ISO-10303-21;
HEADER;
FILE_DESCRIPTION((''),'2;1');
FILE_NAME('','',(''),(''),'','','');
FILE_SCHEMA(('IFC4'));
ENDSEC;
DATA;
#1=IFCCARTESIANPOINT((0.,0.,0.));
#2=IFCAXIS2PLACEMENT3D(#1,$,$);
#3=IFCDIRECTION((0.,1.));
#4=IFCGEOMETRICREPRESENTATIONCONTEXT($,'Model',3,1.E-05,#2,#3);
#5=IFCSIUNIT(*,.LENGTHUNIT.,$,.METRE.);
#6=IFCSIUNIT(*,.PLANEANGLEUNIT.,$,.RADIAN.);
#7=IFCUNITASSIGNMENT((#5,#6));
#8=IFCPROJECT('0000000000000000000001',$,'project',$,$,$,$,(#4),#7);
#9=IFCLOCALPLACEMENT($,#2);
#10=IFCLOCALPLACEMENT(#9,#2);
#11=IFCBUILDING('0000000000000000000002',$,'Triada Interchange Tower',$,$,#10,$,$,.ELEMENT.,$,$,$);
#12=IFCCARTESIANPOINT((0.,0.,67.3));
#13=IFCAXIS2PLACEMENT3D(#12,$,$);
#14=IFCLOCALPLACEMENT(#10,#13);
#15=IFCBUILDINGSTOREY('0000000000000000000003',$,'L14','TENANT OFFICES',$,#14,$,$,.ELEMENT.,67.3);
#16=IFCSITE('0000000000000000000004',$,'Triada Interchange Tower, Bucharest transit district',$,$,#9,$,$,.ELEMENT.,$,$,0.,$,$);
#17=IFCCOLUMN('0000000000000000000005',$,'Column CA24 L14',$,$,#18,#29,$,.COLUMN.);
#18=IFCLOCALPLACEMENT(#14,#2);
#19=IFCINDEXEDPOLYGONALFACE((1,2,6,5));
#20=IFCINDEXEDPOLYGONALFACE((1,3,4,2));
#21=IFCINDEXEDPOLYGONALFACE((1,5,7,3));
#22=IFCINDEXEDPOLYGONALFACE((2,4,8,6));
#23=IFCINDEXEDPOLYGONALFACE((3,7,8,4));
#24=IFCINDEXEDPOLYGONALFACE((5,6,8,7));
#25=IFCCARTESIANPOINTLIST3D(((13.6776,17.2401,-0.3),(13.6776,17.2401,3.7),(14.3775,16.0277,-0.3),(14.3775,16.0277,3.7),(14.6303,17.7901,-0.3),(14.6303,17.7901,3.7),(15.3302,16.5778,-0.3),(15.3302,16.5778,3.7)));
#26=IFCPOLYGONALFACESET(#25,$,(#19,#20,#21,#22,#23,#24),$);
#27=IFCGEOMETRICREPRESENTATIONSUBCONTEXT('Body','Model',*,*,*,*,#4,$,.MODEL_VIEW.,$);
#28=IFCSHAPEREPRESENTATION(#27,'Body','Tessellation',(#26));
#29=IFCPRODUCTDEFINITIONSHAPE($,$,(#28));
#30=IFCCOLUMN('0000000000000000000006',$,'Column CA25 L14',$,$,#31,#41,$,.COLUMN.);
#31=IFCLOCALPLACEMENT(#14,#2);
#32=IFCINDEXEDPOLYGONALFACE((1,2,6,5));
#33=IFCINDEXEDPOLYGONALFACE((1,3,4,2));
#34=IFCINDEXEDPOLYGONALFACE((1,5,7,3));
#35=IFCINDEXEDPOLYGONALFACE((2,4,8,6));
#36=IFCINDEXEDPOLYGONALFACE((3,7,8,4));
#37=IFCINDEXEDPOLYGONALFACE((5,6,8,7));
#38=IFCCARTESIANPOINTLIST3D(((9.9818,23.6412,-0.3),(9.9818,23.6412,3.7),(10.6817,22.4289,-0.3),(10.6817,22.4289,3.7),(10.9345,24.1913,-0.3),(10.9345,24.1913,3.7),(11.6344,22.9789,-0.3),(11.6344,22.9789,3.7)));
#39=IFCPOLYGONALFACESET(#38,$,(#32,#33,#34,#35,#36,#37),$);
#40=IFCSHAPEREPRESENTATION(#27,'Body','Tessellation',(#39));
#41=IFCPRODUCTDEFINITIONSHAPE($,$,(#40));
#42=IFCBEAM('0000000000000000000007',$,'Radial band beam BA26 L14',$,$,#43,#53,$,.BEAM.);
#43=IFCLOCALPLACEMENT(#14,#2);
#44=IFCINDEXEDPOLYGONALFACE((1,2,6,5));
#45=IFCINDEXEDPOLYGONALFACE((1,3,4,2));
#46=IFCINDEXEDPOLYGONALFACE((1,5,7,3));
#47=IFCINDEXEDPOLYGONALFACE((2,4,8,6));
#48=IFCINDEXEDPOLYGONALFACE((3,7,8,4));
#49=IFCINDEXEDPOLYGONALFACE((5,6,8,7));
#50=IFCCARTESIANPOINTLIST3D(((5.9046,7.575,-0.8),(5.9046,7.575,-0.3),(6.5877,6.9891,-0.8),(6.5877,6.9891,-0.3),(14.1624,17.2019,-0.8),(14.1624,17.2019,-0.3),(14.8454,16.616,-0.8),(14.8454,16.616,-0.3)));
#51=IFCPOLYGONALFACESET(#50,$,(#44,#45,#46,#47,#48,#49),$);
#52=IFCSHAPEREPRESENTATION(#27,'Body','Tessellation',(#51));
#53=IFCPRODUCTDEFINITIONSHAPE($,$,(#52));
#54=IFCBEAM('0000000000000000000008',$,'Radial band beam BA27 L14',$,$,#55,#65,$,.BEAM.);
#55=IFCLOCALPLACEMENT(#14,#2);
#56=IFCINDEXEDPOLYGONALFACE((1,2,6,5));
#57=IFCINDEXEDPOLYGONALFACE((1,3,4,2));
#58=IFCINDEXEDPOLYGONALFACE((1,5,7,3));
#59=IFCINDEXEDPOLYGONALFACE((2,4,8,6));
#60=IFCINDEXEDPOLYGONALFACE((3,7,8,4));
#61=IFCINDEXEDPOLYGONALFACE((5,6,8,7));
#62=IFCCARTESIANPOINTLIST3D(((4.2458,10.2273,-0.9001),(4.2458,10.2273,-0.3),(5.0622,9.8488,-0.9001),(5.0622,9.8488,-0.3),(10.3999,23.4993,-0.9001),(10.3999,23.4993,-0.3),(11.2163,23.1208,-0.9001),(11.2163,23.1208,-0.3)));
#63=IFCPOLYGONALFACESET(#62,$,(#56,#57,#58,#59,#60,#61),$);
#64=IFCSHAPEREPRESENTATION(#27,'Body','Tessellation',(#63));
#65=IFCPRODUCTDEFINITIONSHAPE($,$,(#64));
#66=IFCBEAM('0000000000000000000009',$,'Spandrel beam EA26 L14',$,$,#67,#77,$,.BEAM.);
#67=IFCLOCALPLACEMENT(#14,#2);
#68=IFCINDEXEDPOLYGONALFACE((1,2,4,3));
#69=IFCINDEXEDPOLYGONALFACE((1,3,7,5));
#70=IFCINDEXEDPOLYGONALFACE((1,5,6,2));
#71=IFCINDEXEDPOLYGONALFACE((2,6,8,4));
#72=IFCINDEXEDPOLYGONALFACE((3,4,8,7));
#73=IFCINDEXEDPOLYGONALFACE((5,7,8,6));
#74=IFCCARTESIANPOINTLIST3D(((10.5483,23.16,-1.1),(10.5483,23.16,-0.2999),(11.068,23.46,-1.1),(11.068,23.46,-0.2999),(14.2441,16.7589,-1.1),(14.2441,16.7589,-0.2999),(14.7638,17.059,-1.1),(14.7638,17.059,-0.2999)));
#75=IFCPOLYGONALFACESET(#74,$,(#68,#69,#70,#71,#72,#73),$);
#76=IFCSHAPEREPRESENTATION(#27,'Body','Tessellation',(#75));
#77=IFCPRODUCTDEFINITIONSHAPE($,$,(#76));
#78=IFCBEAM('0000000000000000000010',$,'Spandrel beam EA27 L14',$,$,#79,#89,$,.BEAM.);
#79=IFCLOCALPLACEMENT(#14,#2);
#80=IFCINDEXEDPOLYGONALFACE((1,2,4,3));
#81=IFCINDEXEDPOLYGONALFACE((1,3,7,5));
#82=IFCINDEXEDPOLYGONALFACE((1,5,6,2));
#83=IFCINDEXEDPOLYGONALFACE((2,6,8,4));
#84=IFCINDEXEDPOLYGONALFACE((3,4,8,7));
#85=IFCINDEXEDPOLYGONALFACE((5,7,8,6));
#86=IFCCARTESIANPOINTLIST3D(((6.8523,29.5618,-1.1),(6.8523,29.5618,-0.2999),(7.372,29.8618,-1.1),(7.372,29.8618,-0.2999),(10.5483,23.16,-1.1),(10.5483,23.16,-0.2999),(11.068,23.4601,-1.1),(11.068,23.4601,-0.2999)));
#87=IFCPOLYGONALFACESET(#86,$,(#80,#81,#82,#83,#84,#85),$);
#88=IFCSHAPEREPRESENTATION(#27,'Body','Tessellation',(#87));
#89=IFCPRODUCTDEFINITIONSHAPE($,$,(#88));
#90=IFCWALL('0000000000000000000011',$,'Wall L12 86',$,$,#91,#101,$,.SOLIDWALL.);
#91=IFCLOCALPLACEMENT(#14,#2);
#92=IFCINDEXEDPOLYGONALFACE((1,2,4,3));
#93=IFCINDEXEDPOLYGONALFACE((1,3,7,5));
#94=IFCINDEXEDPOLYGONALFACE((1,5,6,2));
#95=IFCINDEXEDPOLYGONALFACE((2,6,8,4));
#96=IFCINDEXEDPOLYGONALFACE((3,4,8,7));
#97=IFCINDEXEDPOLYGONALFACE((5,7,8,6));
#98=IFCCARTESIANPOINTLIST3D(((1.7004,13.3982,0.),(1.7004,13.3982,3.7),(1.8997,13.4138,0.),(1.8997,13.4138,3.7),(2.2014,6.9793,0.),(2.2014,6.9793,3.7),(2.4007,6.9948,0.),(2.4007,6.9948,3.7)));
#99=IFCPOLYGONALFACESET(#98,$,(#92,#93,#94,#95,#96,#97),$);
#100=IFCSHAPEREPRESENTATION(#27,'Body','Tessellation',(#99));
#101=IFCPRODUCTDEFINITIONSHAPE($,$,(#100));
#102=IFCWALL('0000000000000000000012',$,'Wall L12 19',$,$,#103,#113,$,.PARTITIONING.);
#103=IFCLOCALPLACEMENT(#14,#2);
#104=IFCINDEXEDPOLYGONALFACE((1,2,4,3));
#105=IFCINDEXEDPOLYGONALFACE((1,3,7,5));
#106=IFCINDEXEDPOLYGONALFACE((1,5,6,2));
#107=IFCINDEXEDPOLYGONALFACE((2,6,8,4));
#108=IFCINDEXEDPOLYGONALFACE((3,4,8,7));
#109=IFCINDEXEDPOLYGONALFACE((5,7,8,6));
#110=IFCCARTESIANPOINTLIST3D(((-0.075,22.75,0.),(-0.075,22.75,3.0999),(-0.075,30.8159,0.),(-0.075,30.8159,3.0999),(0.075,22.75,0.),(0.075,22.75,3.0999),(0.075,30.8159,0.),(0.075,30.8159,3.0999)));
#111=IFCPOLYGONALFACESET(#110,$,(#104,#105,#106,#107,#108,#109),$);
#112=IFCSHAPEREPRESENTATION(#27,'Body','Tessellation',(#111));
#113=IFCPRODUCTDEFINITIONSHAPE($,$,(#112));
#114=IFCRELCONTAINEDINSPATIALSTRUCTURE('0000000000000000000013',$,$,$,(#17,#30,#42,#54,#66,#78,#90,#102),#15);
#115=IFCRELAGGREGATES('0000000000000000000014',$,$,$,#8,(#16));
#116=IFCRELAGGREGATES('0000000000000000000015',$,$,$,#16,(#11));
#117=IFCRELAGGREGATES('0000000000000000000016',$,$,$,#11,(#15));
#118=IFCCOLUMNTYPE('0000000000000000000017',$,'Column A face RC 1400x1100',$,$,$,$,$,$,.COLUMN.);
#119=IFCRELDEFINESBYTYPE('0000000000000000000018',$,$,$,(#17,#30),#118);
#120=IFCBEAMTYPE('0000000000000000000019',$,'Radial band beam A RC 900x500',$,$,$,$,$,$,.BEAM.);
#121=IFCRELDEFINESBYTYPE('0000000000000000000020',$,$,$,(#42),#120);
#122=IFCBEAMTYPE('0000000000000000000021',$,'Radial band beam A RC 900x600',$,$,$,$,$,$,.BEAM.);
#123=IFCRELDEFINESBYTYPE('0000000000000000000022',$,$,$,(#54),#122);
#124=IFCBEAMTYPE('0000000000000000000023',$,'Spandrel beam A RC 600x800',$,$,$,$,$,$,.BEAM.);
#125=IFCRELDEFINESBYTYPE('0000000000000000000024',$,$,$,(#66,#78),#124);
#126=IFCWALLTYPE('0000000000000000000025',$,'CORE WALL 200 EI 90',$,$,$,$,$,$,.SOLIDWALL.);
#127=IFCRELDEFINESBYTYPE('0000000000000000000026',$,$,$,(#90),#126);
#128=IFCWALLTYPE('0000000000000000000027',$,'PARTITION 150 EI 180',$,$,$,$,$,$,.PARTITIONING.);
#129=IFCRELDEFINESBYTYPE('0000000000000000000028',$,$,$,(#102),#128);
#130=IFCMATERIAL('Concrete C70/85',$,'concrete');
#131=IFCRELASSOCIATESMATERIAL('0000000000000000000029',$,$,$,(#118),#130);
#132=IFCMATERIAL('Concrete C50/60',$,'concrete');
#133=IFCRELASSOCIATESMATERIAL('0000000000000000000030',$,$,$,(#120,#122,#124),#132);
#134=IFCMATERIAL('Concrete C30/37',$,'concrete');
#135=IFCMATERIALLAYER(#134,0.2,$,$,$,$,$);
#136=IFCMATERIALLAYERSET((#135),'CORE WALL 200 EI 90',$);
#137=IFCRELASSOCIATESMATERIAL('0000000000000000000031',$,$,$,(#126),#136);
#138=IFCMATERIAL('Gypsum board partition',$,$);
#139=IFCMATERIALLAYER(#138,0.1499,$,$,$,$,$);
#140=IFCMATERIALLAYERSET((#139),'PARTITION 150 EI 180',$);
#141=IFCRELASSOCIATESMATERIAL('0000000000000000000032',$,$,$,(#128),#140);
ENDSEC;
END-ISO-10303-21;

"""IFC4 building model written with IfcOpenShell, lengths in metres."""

from ifc_helpers import new_model, si_unit, direction, frame, frame_2d, origin, origin_2d, place, context, subcontext, project, spatial, rectangle, extrude, material, layer, layer_set, material_profile, profile_set, type_object, element, save


model = new_model("IFC4")

# Units and contexts
model_context = context("Model", 3, precision=1e-05, world=origin(), true_north=direction((0.0, 1.0)))
body_context = subcontext(model_context, "Body", "Model", "MODEL_VIEW")
ifc_project = project(units=[si_unit("LENGTHUNIT", "METRE"), si_unit("PLANEANGLEUNIT", "RADIAN")], contexts=[model_context])

# Site, building, storey
site_placement = place(None, origin())
site = spatial("IfcSite", under=ifc_project, at=site_placement, Name="Triada Interchange Tower, Bucharest transit district", CompositionType="ELEMENT", RefElevation=0.0)
building_placement = place(site_placement, origin())
building = spatial("IfcBuilding", under=site, at=building_placement, Name="Triada Interchange Tower", CompositionType="ELEMENT")
storey_placement = place(building_placement, frame((0.0, 0.0, 67.3)))
storey = spatial("IfcBuildingStorey", under=building, at=storey_placement, Name="L14", Description="TENANT OFFICES", CompositionType="ELEMENT", Elevation=67.3)

# Columns
ifc_material_1 = material(Name="Concrete C70/85", Category="concrete")
ifc_material_profile_1 = material_profile(ifc_material_1, rectangle(XDim=1.3999, YDim=1.1001, at=origin_2d()), Name="RC 1400x1100")
ifc_profile_set_1 = profile_set([ifc_material_profile_1], Name="Concrete C70/85")
column_type = type_object("IfcColumnType", Name="Column A face RC 1400x1100", PredefinedType="COLUMN", material=ifc_profile_set_1)
for number, where, z_axis, x_axis, name in (
    (1, (14.5039, 16.9089, -0.3), (0.0, 0.0, 1.0), (-0.5, 0.866025, 0.0), "Column CA24 L14"),
    (2, (10.8081, 23.3101, -0.3), (0.0, 0.0, 1.0), (-0.5, 0.866025, 0.0), "Column CA25 L14"),
):
    element("IfcColumn", number, at=place(storey_placement, frame(where, z_axis=z_axis, x_axis=x_axis)), inside=storey, type_object=column_type, Name=name, PredefinedType="COLUMN", context=body_context, shape_type="SweptSolid", body=[
        extrude(rectangle(XDim=1.3999, YDim=1.1001, at=origin_2d()), origin(), (0.0, 0.0, 1.0), 4.0),
    ])

# Beams
ifc_material_2 = material(Name="Concrete C50/60", Category="concrete")
ifc_material_profile_2 = material_profile(ifc_material_2, rectangle(XDim=0.8999, YDim=0.5, at=origin_2d()), Name="RC 900x500")
ifc_profile_set_2 = profile_set([ifc_material_profile_2], Name="Concrete C50/60")
beam_type_1 = type_object("IfcBeamType", Name="Radial band beam A RC 900x500", PredefinedType="BEAM", material=ifc_profile_set_2)
beam_1_placement = place(storey_placement, frame((14.5039, 16.9089, -0.55), z_axis=(-0.65107, -0.759017, 0.0), x_axis=(0.759017, -0.65107, 0.0)))
element("IfcBeam", 3, at=beam_1_placement, inside=storey, type_object=beam_type_1, Name="Radial band beam BA26 L14", PredefinedType="BEAM", context=body_context, shape_type="SweptSolid", body=[
    extrude(rectangle(XDim=0.8999, YDim=0.5, at=origin_2d()), origin(), (0.0, 0.0, 1.0), 12.6833),
])
ifc_material_profile_3 = material_profile(ifc_material_2, rectangle(XDim=0.8999, YDim=0.6001, at=origin_2d()), Name="RC 900x600")
ifc_profile_set_3 = profile_set([ifc_material_profile_3], Name="Concrete C50/60")
beam_type_2 = type_object("IfcBeamType", Name="Radial band beam A RC 900x600", PredefinedType="BEAM", material=ifc_profile_set_3)
beam_2_placement = place(storey_placement, frame((10.8081, 23.3101, -0.6001), z_axis=(-0.420665, -0.907216, 0.0), x_axis=(0.907216, -0.420665, 0.0)))
element("IfcBeam", 4, at=beam_2_placement, inside=storey, type_object=beam_type_2, Name="Radial band beam BA27 L14", PredefinedType="BEAM", context=body_context, shape_type="SweptSolid", body=[
    extrude(rectangle(XDim=0.8999, YDim=0.6001, at=origin_2d()), origin(), (0.0, 0.0, 1.0), 14.6294),
])
ifc_material_profile_4 = material_profile(ifc_material_2, rectangle(XDim=0.6001, YDim=0.8, at=origin_2d()), Name="RC 600x800")
ifc_profile_set_4 = profile_set([ifc_material_profile_4], Name="Concrete C50/60")
beam_type_3 = type_object("IfcBeamType", Name="Spandrel beam A RC 600x800", PredefinedType="BEAM", material=ifc_profile_set_4)
beam_3_placement = place(storey_placement, frame((14.5039, 16.9089, -0.7), z_axis=(-0.500011, 0.866019, 0.0), x_axis=(-0.866019, -0.500011, 0.0)))
element("IfcBeam", 5, at=beam_3_placement, inside=storey, type_object=beam_type_3, Name="Spandrel beam EA26 L14", PredefinedType="BEAM", context=body_context, shape_type="SweptSolid", body=[
    extrude(rectangle(XDim=0.6001, YDim=0.8, at=origin_2d()), origin(), (0.0, 0.0, 1.0), 7.3914),
])
beam_4_placement = place(storey_placement, frame((10.8081, 23.3101, -0.7), z_axis=(-0.499993, 0.866029, 0.0), x_axis=(-0.866029, -0.499993, 0.0)))
element("IfcBeam", 6, at=beam_4_placement, inside=storey, type_object=beam_type_3, Name="Spandrel beam EA27 L14", PredefinedType="BEAM", context=body_context, shape_type="SweptSolid", body=[
    extrude(rectangle(XDim=0.6001, YDim=0.8, at=origin_2d()), origin(), (0.0, 0.0, 1.0), 7.3921),
])

# Wall
ifc_material_3 = material(Name="Concrete C30/37", Category="concrete")
ifc_layer_1 = layer(ifc_material_3, 0.2)
ifc_layer_set_1 = layer_set([ifc_layer_1], Name="CORE WALL 200 EI 90")
wall_type_1 = type_object("IfcWallType", Name="CORE WALL 200 EI 90", PredefinedType="SOLIDWALL", material=ifc_layer_set_1)
wall_1_placement = place(storey_placement, frame((1.8, 13.406, 0.0), z_axis=(0.0, 0.0, 1.0), x_axis=(0.07781, -0.996968, 0.0)))
element("IfcWall", 7, at=wall_1_placement, inside=storey, type_object=wall_type_1, Name="Wall L12 86", PredefinedType="SOLIDWALL", context=body_context, shape_type="SweptSolid", body=[
    extrude(rectangle(XDim=6.4385, YDim=0.2, at=frame_2d((3.2192, 0.0))), origin(), (0.0, 0.0, 1.0), 3.7),
])

# Wall
ifc_material_4 = material(Name="Gypsum board partition")
ifc_layer_2 = layer(ifc_material_4, 0.1499)
ifc_layer_set_2 = layer_set([ifc_layer_2], Name="PARTITION 150 EI 180")
wall_type_2 = type_object("IfcWallType", Name="PARTITION 150 EI 180", PredefinedType="PARTITIONING", material=ifc_layer_set_2)
wall_2_placement = place(storey_placement, frame((0.0, 22.75, 0.0), z_axis=(0.0, 0.0, 1.0), x_axis=(0.0, 1.0, 0.0)))
element("IfcWall", 8, at=wall_2_placement, inside=storey, type_object=wall_type_2, Name="Wall L12 19", PredefinedType="PARTITIONING", context=body_context, shape_type="SweptSolid", body=[
    extrude(rectangle(XDim=8.0659, YDim=0.1499, at=frame_2d((4.033, 0.0))), origin(), (0.0, 0.0, 1.0), 3.0999),
])

save(model, "model.ifc")
